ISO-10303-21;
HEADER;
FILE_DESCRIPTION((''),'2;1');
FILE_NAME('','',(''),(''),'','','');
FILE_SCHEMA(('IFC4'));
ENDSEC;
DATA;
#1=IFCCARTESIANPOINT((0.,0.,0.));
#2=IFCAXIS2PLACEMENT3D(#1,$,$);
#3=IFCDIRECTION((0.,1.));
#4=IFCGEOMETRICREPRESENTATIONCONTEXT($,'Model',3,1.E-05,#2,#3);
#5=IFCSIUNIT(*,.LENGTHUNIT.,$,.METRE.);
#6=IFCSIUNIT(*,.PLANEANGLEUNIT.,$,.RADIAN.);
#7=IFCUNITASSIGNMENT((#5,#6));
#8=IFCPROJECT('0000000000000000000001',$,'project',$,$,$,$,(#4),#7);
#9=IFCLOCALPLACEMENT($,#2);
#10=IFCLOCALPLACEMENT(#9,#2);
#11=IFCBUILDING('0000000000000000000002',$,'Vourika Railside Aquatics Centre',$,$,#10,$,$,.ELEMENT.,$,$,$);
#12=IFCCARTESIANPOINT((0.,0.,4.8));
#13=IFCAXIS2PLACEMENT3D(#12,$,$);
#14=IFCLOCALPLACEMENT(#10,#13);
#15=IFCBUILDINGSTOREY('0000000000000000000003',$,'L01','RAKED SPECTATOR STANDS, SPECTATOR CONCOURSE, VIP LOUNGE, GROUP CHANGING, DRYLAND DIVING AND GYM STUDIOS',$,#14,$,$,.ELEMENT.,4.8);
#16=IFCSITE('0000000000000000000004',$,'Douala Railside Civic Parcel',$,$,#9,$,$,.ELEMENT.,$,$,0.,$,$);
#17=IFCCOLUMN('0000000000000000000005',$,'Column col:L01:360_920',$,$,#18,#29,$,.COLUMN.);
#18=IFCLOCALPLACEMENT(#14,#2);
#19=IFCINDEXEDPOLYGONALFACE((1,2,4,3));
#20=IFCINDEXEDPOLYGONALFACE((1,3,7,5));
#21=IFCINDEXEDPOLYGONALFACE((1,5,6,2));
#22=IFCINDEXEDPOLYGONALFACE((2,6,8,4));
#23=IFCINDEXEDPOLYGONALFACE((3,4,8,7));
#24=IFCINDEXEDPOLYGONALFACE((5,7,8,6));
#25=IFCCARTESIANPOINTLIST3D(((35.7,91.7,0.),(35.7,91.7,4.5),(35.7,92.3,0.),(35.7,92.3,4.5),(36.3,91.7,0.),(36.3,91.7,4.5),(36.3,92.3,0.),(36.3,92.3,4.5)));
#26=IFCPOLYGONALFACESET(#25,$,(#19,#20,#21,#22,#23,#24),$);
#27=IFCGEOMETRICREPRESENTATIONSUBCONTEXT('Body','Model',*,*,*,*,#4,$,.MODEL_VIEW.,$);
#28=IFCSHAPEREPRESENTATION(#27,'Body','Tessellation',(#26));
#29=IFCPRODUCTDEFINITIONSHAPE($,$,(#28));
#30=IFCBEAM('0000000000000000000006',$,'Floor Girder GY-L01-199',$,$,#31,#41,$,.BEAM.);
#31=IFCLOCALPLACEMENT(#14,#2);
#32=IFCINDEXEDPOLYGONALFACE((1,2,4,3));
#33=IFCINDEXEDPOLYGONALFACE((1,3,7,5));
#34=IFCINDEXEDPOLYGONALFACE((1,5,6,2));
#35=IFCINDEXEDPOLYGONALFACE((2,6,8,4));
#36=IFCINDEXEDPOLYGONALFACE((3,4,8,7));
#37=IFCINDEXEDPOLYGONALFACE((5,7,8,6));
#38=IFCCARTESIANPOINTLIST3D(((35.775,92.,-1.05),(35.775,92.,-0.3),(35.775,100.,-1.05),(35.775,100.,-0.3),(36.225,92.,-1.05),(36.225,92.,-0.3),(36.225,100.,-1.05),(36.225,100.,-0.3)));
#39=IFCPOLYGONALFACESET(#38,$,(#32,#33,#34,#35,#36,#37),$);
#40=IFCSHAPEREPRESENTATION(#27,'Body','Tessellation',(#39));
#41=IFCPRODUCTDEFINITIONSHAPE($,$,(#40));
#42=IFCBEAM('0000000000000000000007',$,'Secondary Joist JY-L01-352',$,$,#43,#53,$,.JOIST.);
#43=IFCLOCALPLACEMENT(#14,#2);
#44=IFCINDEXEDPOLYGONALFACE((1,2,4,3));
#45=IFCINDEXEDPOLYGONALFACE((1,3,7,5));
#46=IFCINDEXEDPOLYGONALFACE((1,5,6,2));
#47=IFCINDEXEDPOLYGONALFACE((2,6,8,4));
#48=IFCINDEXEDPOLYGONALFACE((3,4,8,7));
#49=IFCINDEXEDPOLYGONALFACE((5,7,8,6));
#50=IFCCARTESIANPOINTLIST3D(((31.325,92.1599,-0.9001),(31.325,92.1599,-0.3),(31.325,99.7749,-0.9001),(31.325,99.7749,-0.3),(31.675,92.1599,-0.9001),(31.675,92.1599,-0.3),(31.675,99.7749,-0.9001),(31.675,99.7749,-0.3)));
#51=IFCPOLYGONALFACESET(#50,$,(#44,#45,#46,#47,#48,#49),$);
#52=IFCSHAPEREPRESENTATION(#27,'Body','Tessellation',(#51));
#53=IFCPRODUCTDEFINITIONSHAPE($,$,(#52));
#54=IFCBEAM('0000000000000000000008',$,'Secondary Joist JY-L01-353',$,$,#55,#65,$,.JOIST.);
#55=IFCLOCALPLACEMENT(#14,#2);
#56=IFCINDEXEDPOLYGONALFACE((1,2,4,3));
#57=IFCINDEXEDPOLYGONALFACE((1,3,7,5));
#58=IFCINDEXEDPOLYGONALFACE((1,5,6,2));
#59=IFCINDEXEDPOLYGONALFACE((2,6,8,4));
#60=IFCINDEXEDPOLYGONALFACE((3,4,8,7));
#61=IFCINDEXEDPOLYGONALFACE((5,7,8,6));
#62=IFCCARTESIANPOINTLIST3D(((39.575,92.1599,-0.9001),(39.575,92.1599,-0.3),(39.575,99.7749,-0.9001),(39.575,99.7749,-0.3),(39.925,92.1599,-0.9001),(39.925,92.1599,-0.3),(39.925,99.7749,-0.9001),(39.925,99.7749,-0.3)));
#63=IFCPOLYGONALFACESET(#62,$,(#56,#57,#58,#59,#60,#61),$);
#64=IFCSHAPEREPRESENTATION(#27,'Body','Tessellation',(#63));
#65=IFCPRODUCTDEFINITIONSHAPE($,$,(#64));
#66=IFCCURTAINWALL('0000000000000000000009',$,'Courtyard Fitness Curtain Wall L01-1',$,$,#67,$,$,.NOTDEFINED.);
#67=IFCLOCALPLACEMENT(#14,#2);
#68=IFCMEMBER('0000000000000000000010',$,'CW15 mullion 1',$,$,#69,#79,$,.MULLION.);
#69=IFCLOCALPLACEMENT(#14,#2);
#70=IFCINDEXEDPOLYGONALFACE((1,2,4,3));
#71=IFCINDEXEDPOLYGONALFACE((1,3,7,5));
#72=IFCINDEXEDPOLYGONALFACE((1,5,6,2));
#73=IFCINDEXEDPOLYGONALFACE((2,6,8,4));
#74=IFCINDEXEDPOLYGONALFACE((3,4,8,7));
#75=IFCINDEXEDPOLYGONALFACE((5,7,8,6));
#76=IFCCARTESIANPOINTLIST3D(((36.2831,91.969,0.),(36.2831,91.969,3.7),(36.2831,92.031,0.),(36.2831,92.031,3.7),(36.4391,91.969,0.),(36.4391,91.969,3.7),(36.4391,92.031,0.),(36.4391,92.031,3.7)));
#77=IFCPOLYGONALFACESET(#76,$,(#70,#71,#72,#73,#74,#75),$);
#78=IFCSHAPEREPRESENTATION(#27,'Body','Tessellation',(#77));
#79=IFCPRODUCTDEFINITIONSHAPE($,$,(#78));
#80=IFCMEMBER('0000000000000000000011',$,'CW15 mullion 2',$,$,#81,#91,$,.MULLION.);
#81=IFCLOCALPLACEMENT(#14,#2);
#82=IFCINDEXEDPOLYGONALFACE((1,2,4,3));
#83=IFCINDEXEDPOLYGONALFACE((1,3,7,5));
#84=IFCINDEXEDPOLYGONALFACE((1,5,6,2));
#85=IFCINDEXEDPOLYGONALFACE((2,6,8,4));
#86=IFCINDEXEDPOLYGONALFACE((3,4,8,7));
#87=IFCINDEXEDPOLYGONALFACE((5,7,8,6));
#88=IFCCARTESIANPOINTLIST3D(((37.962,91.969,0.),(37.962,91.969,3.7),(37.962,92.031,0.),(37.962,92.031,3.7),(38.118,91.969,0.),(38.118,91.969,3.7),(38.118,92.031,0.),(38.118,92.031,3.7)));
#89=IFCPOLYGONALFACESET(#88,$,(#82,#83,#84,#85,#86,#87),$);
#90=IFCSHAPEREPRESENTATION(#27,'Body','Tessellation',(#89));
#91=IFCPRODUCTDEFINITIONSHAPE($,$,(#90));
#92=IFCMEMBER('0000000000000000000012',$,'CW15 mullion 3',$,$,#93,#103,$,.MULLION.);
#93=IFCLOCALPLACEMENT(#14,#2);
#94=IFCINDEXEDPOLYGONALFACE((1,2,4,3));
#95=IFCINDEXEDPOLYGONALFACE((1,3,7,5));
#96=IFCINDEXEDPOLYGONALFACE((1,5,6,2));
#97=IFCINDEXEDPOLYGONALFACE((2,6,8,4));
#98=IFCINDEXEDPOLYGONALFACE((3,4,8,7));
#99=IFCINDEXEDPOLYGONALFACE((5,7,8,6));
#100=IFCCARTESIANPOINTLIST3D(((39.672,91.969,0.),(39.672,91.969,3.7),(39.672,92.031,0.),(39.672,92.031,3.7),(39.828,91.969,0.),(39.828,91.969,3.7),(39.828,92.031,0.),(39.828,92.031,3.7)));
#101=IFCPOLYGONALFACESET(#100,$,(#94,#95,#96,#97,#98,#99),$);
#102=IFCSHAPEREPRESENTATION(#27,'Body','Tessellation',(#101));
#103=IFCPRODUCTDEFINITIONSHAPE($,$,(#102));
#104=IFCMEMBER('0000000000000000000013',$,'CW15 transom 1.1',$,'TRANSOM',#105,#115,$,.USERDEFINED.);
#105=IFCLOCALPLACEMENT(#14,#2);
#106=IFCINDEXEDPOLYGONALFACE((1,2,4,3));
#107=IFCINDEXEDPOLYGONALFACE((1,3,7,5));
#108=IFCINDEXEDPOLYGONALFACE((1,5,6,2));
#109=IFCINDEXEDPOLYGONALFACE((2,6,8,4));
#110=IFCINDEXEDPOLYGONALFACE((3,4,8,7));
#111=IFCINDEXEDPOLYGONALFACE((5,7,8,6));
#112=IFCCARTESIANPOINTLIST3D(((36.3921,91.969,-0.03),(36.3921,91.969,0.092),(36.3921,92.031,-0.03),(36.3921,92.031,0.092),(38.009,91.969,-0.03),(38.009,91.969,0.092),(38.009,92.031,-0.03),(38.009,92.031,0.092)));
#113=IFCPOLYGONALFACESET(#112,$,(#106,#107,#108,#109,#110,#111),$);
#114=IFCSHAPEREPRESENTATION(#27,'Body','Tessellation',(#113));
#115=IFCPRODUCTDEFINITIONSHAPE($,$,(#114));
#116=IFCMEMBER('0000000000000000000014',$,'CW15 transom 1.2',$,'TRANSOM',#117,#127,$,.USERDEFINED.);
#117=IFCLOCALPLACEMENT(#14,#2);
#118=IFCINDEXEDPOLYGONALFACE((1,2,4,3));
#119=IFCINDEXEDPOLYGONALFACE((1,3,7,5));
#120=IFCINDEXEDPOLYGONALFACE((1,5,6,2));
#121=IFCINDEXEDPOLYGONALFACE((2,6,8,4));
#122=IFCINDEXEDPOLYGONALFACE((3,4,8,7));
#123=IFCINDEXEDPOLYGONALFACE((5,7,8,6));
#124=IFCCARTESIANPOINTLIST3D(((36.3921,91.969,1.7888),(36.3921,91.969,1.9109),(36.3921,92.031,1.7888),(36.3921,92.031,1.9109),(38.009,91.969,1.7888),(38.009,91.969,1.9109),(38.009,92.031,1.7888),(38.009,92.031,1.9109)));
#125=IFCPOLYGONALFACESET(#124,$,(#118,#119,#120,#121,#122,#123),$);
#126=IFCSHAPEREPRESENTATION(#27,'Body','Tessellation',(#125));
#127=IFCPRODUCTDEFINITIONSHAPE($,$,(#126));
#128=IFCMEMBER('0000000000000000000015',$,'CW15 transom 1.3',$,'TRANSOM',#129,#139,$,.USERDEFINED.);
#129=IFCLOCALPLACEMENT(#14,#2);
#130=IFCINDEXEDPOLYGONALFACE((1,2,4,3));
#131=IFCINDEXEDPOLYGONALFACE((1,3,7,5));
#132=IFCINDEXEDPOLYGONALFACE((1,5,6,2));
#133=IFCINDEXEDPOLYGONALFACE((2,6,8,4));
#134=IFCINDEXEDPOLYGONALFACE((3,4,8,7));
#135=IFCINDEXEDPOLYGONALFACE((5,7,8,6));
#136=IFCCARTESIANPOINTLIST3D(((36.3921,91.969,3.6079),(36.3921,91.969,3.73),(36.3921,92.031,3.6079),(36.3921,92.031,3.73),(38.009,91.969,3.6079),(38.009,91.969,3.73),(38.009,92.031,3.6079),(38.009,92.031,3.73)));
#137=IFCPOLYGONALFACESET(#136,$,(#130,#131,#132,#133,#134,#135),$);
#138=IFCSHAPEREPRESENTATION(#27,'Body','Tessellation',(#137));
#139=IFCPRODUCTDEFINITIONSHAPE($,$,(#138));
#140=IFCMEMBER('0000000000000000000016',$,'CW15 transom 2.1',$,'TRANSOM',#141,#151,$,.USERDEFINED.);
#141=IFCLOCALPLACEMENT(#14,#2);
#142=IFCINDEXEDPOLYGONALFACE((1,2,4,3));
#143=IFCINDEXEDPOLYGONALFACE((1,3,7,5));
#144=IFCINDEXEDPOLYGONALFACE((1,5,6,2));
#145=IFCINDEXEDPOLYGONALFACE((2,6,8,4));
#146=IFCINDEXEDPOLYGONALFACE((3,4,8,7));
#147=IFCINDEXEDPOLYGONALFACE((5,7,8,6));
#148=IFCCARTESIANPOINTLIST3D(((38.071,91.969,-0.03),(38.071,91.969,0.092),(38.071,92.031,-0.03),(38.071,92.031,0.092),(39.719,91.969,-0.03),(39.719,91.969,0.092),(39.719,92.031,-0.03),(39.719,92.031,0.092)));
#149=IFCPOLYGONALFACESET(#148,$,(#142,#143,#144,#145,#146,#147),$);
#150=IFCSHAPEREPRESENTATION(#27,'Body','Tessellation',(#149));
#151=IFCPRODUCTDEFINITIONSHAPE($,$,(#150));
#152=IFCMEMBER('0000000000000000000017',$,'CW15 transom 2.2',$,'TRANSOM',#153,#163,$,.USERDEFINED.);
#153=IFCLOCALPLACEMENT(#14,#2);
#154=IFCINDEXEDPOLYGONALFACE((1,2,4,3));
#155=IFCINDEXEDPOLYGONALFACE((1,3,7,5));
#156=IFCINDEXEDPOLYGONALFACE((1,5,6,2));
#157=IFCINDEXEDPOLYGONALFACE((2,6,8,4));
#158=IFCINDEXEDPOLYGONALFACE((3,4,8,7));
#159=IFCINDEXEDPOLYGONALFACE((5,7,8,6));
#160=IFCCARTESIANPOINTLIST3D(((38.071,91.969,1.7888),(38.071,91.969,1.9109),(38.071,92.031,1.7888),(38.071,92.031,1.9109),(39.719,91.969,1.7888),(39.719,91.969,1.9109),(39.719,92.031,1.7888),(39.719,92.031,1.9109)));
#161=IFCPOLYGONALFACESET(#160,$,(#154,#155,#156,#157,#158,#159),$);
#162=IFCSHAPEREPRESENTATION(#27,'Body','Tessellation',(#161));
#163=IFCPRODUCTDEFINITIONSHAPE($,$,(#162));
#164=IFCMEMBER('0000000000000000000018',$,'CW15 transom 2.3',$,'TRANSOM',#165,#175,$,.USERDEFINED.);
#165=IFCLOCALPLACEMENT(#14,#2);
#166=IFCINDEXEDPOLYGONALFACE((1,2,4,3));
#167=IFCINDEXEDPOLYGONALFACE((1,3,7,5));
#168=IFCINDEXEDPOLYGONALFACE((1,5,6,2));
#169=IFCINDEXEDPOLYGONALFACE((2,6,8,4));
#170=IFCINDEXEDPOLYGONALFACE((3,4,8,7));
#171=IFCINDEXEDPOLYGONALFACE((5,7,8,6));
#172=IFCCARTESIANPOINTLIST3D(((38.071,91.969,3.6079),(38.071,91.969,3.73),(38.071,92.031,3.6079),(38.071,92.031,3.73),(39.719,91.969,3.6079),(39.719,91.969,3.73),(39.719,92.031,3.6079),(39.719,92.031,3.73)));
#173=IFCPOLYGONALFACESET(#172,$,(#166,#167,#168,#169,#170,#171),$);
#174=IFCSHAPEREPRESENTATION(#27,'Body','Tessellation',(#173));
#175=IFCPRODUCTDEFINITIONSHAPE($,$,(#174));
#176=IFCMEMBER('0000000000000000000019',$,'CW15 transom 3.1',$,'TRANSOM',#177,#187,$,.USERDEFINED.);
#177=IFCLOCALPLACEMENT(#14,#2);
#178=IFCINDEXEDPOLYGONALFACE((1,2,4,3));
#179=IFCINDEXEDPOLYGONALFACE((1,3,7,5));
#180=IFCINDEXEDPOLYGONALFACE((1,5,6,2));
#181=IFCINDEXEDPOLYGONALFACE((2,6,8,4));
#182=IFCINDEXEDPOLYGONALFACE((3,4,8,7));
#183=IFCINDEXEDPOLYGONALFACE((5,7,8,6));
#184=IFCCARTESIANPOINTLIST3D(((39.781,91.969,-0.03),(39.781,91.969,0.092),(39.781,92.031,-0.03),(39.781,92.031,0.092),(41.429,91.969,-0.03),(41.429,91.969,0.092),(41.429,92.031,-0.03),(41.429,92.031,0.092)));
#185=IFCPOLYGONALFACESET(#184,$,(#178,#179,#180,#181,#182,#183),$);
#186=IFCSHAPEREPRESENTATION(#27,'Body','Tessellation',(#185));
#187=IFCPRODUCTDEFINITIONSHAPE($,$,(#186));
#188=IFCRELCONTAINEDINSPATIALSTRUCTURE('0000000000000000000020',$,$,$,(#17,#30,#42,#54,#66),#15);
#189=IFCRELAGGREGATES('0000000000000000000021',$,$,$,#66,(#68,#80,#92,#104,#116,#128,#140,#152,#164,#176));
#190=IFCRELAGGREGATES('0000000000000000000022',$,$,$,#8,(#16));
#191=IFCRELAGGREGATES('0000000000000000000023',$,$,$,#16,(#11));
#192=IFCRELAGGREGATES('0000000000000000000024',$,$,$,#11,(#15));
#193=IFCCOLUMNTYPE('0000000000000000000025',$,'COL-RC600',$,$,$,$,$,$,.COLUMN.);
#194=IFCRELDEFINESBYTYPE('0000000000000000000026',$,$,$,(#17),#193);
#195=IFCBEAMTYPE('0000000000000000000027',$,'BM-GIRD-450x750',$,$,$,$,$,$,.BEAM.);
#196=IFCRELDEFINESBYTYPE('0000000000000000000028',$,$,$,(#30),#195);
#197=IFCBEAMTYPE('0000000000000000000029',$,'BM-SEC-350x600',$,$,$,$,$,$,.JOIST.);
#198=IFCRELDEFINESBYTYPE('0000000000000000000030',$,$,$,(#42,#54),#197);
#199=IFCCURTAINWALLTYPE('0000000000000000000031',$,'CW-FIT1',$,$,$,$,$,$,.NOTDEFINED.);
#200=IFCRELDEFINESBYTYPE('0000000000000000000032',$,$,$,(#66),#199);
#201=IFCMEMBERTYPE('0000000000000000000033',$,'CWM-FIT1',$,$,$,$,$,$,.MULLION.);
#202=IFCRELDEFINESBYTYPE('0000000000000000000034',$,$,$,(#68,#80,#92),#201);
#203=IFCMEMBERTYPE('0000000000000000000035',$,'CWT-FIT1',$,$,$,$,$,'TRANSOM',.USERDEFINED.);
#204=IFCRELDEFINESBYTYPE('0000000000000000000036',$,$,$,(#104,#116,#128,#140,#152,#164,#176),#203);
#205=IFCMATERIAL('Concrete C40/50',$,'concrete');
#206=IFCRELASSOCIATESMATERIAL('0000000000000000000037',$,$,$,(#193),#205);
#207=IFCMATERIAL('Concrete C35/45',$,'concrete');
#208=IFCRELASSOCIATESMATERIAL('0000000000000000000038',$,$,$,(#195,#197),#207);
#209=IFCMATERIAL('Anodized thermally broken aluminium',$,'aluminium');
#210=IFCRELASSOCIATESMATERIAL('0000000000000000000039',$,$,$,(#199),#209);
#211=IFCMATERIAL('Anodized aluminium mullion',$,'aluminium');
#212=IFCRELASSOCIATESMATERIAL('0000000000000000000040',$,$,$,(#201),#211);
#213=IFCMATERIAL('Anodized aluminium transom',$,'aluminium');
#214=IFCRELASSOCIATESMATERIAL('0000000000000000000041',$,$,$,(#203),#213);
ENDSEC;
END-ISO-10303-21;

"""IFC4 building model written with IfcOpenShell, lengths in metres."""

from ifc_helpers import new_model, si_unit, direction, frame, origin, origin_2d, place, context, subcontext, project, spatial, rectangle, extrude, material, material_profile, profile_set, type_object, element, aggregate, save


model = new_model("IFC4")

# Units and contexts
model_context = context("Model", 3, precision=1e-05, world=origin(), true_north=direction((0.0, 1.0)))
body_context = subcontext(model_context, "Body", "Model", "MODEL_VIEW")
ifc_project = project(units=[si_unit("LENGTHUNIT", "METRE"), si_unit("PLANEANGLEUNIT", "RADIAN")], contexts=[model_context])

# Site, building, storey
site_placement = place(None, origin())
site = spatial("IfcSite", under=ifc_project, at=site_placement, Name="Douala Railside Civic Parcel", CompositionType="ELEMENT", RefElevation=0.0)
building_placement = place(site_placement, origin())
building = spatial("IfcBuilding", under=site, at=building_placement, Name="Vourika Railside Aquatics Centre", CompositionType="ELEMENT")
storey_placement = place(building_placement, frame((0.0, 0.0, 4.8)))
storey = spatial("IfcBuildingStorey", under=building, at=storey_placement, Name="L01", Description="RAKED SPECTATOR STANDS, SPECTATOR CONCOURSE, VIP LOUNGE, GROUP CHANGING, DRYLAND DIVING AND GYM STUDIOS", CompositionType="ELEMENT", Elevation=4.8)

# Column
ifc_material_1 = material(Name="Concrete C40/50", Category="concrete")
ifc_material_profile_1 = material_profile(ifc_material_1, rectangle(XDim=0.6001, YDim=0.6001, at=origin_2d()), Name="RC 600x600")
ifc_profile_set_1 = profile_set([ifc_material_profile_1], Name="Concrete C40/50")
column_type = type_object("IfcColumnType", Name="COL-RC600", PredefinedType="COLUMN", material=ifc_profile_set_1)
column_placement = place(storey_placement, frame((36.0, 92.0, 0.0), z_axis=(0.0, 0.0, 1.0), x_axis=(1.0, 0.0, 0.0)))
element("IfcColumn", 1, at=column_placement, inside=storey, type_object=column_type, Name="Column col:L01:360_920", PredefinedType="COLUMN", context=body_context, shape_type="SweptSolid", body=[
    extrude(rectangle(XDim=0.6001, YDim=0.6001, at=origin_2d()), origin(), (0.0, 0.0, 1.0), 4.5),
])

# Beams
ifc_material_2 = material(Name="Concrete C35/45", Category="concrete")
ifc_material_profile_2 = material_profile(ifc_material_2, rectangle(XDim=0.45, YDim=0.75, at=origin_2d()), Name="RC 450x750")
ifc_profile_set_2 = profile_set([ifc_material_profile_2], Name="Concrete C35/45")
beam_type_1 = type_object("IfcBeamType", Name="BM-GIRD-450x750", PredefinedType="BEAM", material=ifc_profile_set_2)
beam_placement = place(storey_placement, frame((36.0, 92.0, -0.675), z_axis=(0.0, 1.0, 0.0), x_axis=(-1.0, 0.0, 0.0)))
element("IfcBeam", 2, at=beam_placement, inside=storey, type_object=beam_type_1, Name="Floor Girder GY-L01-199", PredefinedType="BEAM", context=body_context, shape_type="SweptSolid", body=[
    extrude(rectangle(XDim=0.45, YDim=0.75, at=origin_2d()), origin(), (0.0, 0.0, 1.0), 8.0),
])
ifc_material_profile_3 = material_profile(ifc_material_2, rectangle(XDim=0.3501, YDim=0.6001, at=origin_2d()), Name="RC 350x600")
ifc_profile_set_3 = profile_set([ifc_material_profile_3], Name="Concrete C35/45")
beam_type_2 = type_object("IfcBeamType", Name="BM-SEC-350x600", PredefinedType="JOIST", material=ifc_profile_set_3)
for number, where, z_axis, x_axis, name in (
    (3, (31.5, 92.1599, -0.6001), (0.0, 1.0, 0.0), (-1.0, 0.0, 0.0), "Secondary Joist JY-L01-352"),
    (4, (39.75, 92.1599, -0.6001), (0.0, 1.0, 0.0), (-1.0, 0.0, 0.0), "Secondary Joist JY-L01-353"),
):
    element("IfcBeam", number, at=place(storey_placement, frame(where, z_axis=z_axis, x_axis=x_axis)), inside=storey, type_object=beam_type_2, Name=name, PredefinedType="JOIST", context=body_context, shape_type="SweptSolid", body=[
        extrude(rectangle(XDim=0.3501, YDim=0.6001, at=origin_2d()), origin(), (0.0, 0.0, 1.0), 7.615),
    ])

# Curtain wall, members
ifc_material_3 = material(Name="Anodized thermally broken aluminium", Category="aluminium")
curtain_wall_type = type_object("IfcCurtainWallType", Name="CW-FIT1", PredefinedType="NOTDEFINED", material=ifc_material_3)
curtain_wall_placement = place(storey_placement, origin())
curtain_wall = element("IfcCurtainWall", 5, at=curtain_wall_placement, inside=storey, type_object=curtain_wall_type, Name="Courtyard Fitness Curtain Wall L01-1", PredefinedType="NOTDEFINED")
ifc_material_4 = material(Name="Anodized aluminium mullion", Category="aluminium")
ifc_material_profile_4 = material_profile(ifc_material_4, rectangle(XDim=0.062, YDim=0.156, at=origin_2d()), Name="ALU-M 62x156")
ifc_profile_set_4 = profile_set([ifc_material_profile_4], Name="Anodized aluminium mullion")
member_type_1 = type_object("IfcMemberType", Name="CWM-FIT1", PredefinedType="MULLION", material=ifc_profile_set_4)
member_1_placement = place(storey_placement, frame((36.3611, 92.0, 0.0), z_axis=(0.0, 0.0, 1.0), x_axis=(0.0, 1.0, 0.0)))
member_1 = element("IfcMember", 6, at=member_1_placement, type_object=member_type_1, Name="CW15 mullion 1", PredefinedType="MULLION", context=body_context, shape_type="SweptSolid", body=[
    extrude(rectangle(XDim=0.062, YDim=0.156, at=origin_2d()), origin(), (0.0, 0.0, 1.0), 3.7),
])
member_2_placement = place(storey_placement, frame((38.04, 92.0, 0.0), z_axis=(0.0, 0.0, 1.0), x_axis=(0.0, 1.0, 0.0)))
member_2 = element("IfcMember", 7, at=member_2_placement, type_object=member_type_1, Name="CW15 mullion 2", PredefinedType="MULLION", context=body_context, shape_type="SweptSolid", body=[
    extrude(rectangle(XDim=0.062, YDim=0.156, at=origin_2d()), origin(), (0.0, 0.0, 1.0), 3.7),
])
member_3_placement = place(storey_placement, frame((39.75, 92.0, 0.0), z_axis=(0.0, 0.0, 1.0), x_axis=(0.0, 1.0, 0.0)))
member_3 = element("IfcMember", 8, at=member_3_placement, type_object=member_type_1, Name="CW15 mullion 3", PredefinedType="MULLION", context=body_context, shape_type="SweptSolid", body=[
    extrude(rectangle(XDim=0.062, YDim=0.156, at=origin_2d()), origin(), (0.0, 0.0, 1.0), 3.7),
])
ifc_material_5 = material(Name="Anodized aluminium transom", Category="aluminium")
ifc_material_profile_5 = material_profile(ifc_material_5, rectangle(XDim=0.062, YDim=0.1221, at=origin_2d()), Name="ALU-T 62x122")
ifc_profile_set_5 = profile_set([ifc_material_profile_5], Name="Anodized aluminium transom")
member_type_2 = type_object("IfcMemberType", Name="CWT-FIT1", ElementType="TRANSOM", PredefinedType="USERDEFINED", material=ifc_profile_set_5)
member_4_placement = place(storey_placement, frame((36.3921, 92.0, 0.031), z_axis=(1.0, 0.0, 0.0), x_axis=(0.0, 1.0, 0.0)))
member_4 = element("IfcMember", 9, at=member_4_placement, type_object=member_type_2, Name="CW15 transom 1.1", ObjectType="TRANSOM", PredefinedType="USERDEFINED", context=body_context, shape_type="SweptSolid", body=[
    extrude(rectangle(XDim=0.062, YDim=0.1221, at=origin_2d()), origin(), (0.0, 0.0, 1.0), 1.6169),
])
member_5_placement = place(storey_placement, frame((36.3921, 92.0, 1.8499), z_axis=(1.0, 0.0, 0.0), x_axis=(0.0, 1.0, 0.0)))
member_5 = element("IfcMember", 10, at=member_5_placement, type_object=member_type_2, Name="CW15 transom 1.2", ObjectType="TRANSOM", PredefinedType="USERDEFINED", context=body_context, shape_type="SweptSolid", body=[
    extrude(rectangle(XDim=0.062, YDim=0.1221, at=origin_2d()), origin(), (0.0, 0.0, 1.0), 1.6169),
])
member_6_placement = place(storey_placement, frame((36.3921, 92.0, 3.6689), z_axis=(1.0, 0.0, 0.0), x_axis=(0.0, 1.0, 0.0)))
member_6 = element("IfcMember", 11, at=member_6_placement, type_object=member_type_2, Name="CW15 transom 1.3", ObjectType="TRANSOM", PredefinedType="USERDEFINED", context=body_context, shape_type="SweptSolid", body=[
    extrude(rectangle(XDim=0.062, YDim=0.1221, at=origin_2d()), origin(), (0.0, 0.0, 1.0), 1.6169),
])
member_7_placement = place(storey_placement, frame((38.071, 92.0, 0.031), z_axis=(1.0, 0.0, 0.0), x_axis=(0.0, 1.0, 0.0)))
member_7 = element("IfcMember", 12, at=member_7_placement, type_object=member_type_2, Name="CW15 transom 2.1", ObjectType="TRANSOM", PredefinedType="USERDEFINED", context=body_context, shape_type="SweptSolid", body=[
    extrude(rectangle(XDim=0.062, YDim=0.1221, at=origin_2d()), origin(), (0.0, 0.0, 1.0), 1.6479),
])
member_8_placement = place(storey_placement, frame((38.071, 92.0, 1.8499), z_axis=(1.0, 0.0, 0.0), x_axis=(0.0, 1.0, 0.0)))
member_8 = element("IfcMember", 13, at=member_8_placement, type_object=member_type_2, Name="CW15 transom 2.2", ObjectType="TRANSOM", PredefinedType="USERDEFINED", context=body_context, shape_type="SweptSolid", body=[
    extrude(rectangle(XDim=0.062, YDim=0.1221, at=origin_2d()), origin(), (0.0, 0.0, 1.0), 1.6479),
])
member_9_placement = place(storey_placement, frame((38.071, 92.0, 3.6689), z_axis=(1.0, 0.0, 0.0), x_axis=(0.0, 1.0, 0.0)))
member_9 = element("IfcMember", 14, at=member_9_placement, type_object=member_type_2, Name="CW15 transom 2.3", ObjectType="TRANSOM", PredefinedType="USERDEFINED", context=body_context, shape_type="SweptSolid", body=[
    extrude(rectangle(XDim=0.062, YDim=0.1221, at=origin_2d()), origin(), (0.0, 0.0, 1.0), 1.6479),
])
member_10_placement = place(storey_placement, frame((39.781, 92.0, 0.031), z_axis=(1.0, 0.0, 0.0), x_axis=(0.0, 1.0, 0.0)))
member_10 = element("IfcMember", 15, at=member_10_placement, type_object=member_type_2, Name="CW15 transom 3.1", ObjectType="TRANSOM", PredefinedType="USERDEFINED", context=body_context, shape_type="SweptSolid", body=[
    extrude(rectangle(XDim=0.062, YDim=0.1221, at=origin_2d()), origin(), (0.0, 0.0, 1.0), 1.6479),
])
aggregate(curtain_wall, [member_1, member_2, member_3, member_4, member_5, member_6, member_7, member_8, member_9, member_10])

save(model, "model.ifc")
